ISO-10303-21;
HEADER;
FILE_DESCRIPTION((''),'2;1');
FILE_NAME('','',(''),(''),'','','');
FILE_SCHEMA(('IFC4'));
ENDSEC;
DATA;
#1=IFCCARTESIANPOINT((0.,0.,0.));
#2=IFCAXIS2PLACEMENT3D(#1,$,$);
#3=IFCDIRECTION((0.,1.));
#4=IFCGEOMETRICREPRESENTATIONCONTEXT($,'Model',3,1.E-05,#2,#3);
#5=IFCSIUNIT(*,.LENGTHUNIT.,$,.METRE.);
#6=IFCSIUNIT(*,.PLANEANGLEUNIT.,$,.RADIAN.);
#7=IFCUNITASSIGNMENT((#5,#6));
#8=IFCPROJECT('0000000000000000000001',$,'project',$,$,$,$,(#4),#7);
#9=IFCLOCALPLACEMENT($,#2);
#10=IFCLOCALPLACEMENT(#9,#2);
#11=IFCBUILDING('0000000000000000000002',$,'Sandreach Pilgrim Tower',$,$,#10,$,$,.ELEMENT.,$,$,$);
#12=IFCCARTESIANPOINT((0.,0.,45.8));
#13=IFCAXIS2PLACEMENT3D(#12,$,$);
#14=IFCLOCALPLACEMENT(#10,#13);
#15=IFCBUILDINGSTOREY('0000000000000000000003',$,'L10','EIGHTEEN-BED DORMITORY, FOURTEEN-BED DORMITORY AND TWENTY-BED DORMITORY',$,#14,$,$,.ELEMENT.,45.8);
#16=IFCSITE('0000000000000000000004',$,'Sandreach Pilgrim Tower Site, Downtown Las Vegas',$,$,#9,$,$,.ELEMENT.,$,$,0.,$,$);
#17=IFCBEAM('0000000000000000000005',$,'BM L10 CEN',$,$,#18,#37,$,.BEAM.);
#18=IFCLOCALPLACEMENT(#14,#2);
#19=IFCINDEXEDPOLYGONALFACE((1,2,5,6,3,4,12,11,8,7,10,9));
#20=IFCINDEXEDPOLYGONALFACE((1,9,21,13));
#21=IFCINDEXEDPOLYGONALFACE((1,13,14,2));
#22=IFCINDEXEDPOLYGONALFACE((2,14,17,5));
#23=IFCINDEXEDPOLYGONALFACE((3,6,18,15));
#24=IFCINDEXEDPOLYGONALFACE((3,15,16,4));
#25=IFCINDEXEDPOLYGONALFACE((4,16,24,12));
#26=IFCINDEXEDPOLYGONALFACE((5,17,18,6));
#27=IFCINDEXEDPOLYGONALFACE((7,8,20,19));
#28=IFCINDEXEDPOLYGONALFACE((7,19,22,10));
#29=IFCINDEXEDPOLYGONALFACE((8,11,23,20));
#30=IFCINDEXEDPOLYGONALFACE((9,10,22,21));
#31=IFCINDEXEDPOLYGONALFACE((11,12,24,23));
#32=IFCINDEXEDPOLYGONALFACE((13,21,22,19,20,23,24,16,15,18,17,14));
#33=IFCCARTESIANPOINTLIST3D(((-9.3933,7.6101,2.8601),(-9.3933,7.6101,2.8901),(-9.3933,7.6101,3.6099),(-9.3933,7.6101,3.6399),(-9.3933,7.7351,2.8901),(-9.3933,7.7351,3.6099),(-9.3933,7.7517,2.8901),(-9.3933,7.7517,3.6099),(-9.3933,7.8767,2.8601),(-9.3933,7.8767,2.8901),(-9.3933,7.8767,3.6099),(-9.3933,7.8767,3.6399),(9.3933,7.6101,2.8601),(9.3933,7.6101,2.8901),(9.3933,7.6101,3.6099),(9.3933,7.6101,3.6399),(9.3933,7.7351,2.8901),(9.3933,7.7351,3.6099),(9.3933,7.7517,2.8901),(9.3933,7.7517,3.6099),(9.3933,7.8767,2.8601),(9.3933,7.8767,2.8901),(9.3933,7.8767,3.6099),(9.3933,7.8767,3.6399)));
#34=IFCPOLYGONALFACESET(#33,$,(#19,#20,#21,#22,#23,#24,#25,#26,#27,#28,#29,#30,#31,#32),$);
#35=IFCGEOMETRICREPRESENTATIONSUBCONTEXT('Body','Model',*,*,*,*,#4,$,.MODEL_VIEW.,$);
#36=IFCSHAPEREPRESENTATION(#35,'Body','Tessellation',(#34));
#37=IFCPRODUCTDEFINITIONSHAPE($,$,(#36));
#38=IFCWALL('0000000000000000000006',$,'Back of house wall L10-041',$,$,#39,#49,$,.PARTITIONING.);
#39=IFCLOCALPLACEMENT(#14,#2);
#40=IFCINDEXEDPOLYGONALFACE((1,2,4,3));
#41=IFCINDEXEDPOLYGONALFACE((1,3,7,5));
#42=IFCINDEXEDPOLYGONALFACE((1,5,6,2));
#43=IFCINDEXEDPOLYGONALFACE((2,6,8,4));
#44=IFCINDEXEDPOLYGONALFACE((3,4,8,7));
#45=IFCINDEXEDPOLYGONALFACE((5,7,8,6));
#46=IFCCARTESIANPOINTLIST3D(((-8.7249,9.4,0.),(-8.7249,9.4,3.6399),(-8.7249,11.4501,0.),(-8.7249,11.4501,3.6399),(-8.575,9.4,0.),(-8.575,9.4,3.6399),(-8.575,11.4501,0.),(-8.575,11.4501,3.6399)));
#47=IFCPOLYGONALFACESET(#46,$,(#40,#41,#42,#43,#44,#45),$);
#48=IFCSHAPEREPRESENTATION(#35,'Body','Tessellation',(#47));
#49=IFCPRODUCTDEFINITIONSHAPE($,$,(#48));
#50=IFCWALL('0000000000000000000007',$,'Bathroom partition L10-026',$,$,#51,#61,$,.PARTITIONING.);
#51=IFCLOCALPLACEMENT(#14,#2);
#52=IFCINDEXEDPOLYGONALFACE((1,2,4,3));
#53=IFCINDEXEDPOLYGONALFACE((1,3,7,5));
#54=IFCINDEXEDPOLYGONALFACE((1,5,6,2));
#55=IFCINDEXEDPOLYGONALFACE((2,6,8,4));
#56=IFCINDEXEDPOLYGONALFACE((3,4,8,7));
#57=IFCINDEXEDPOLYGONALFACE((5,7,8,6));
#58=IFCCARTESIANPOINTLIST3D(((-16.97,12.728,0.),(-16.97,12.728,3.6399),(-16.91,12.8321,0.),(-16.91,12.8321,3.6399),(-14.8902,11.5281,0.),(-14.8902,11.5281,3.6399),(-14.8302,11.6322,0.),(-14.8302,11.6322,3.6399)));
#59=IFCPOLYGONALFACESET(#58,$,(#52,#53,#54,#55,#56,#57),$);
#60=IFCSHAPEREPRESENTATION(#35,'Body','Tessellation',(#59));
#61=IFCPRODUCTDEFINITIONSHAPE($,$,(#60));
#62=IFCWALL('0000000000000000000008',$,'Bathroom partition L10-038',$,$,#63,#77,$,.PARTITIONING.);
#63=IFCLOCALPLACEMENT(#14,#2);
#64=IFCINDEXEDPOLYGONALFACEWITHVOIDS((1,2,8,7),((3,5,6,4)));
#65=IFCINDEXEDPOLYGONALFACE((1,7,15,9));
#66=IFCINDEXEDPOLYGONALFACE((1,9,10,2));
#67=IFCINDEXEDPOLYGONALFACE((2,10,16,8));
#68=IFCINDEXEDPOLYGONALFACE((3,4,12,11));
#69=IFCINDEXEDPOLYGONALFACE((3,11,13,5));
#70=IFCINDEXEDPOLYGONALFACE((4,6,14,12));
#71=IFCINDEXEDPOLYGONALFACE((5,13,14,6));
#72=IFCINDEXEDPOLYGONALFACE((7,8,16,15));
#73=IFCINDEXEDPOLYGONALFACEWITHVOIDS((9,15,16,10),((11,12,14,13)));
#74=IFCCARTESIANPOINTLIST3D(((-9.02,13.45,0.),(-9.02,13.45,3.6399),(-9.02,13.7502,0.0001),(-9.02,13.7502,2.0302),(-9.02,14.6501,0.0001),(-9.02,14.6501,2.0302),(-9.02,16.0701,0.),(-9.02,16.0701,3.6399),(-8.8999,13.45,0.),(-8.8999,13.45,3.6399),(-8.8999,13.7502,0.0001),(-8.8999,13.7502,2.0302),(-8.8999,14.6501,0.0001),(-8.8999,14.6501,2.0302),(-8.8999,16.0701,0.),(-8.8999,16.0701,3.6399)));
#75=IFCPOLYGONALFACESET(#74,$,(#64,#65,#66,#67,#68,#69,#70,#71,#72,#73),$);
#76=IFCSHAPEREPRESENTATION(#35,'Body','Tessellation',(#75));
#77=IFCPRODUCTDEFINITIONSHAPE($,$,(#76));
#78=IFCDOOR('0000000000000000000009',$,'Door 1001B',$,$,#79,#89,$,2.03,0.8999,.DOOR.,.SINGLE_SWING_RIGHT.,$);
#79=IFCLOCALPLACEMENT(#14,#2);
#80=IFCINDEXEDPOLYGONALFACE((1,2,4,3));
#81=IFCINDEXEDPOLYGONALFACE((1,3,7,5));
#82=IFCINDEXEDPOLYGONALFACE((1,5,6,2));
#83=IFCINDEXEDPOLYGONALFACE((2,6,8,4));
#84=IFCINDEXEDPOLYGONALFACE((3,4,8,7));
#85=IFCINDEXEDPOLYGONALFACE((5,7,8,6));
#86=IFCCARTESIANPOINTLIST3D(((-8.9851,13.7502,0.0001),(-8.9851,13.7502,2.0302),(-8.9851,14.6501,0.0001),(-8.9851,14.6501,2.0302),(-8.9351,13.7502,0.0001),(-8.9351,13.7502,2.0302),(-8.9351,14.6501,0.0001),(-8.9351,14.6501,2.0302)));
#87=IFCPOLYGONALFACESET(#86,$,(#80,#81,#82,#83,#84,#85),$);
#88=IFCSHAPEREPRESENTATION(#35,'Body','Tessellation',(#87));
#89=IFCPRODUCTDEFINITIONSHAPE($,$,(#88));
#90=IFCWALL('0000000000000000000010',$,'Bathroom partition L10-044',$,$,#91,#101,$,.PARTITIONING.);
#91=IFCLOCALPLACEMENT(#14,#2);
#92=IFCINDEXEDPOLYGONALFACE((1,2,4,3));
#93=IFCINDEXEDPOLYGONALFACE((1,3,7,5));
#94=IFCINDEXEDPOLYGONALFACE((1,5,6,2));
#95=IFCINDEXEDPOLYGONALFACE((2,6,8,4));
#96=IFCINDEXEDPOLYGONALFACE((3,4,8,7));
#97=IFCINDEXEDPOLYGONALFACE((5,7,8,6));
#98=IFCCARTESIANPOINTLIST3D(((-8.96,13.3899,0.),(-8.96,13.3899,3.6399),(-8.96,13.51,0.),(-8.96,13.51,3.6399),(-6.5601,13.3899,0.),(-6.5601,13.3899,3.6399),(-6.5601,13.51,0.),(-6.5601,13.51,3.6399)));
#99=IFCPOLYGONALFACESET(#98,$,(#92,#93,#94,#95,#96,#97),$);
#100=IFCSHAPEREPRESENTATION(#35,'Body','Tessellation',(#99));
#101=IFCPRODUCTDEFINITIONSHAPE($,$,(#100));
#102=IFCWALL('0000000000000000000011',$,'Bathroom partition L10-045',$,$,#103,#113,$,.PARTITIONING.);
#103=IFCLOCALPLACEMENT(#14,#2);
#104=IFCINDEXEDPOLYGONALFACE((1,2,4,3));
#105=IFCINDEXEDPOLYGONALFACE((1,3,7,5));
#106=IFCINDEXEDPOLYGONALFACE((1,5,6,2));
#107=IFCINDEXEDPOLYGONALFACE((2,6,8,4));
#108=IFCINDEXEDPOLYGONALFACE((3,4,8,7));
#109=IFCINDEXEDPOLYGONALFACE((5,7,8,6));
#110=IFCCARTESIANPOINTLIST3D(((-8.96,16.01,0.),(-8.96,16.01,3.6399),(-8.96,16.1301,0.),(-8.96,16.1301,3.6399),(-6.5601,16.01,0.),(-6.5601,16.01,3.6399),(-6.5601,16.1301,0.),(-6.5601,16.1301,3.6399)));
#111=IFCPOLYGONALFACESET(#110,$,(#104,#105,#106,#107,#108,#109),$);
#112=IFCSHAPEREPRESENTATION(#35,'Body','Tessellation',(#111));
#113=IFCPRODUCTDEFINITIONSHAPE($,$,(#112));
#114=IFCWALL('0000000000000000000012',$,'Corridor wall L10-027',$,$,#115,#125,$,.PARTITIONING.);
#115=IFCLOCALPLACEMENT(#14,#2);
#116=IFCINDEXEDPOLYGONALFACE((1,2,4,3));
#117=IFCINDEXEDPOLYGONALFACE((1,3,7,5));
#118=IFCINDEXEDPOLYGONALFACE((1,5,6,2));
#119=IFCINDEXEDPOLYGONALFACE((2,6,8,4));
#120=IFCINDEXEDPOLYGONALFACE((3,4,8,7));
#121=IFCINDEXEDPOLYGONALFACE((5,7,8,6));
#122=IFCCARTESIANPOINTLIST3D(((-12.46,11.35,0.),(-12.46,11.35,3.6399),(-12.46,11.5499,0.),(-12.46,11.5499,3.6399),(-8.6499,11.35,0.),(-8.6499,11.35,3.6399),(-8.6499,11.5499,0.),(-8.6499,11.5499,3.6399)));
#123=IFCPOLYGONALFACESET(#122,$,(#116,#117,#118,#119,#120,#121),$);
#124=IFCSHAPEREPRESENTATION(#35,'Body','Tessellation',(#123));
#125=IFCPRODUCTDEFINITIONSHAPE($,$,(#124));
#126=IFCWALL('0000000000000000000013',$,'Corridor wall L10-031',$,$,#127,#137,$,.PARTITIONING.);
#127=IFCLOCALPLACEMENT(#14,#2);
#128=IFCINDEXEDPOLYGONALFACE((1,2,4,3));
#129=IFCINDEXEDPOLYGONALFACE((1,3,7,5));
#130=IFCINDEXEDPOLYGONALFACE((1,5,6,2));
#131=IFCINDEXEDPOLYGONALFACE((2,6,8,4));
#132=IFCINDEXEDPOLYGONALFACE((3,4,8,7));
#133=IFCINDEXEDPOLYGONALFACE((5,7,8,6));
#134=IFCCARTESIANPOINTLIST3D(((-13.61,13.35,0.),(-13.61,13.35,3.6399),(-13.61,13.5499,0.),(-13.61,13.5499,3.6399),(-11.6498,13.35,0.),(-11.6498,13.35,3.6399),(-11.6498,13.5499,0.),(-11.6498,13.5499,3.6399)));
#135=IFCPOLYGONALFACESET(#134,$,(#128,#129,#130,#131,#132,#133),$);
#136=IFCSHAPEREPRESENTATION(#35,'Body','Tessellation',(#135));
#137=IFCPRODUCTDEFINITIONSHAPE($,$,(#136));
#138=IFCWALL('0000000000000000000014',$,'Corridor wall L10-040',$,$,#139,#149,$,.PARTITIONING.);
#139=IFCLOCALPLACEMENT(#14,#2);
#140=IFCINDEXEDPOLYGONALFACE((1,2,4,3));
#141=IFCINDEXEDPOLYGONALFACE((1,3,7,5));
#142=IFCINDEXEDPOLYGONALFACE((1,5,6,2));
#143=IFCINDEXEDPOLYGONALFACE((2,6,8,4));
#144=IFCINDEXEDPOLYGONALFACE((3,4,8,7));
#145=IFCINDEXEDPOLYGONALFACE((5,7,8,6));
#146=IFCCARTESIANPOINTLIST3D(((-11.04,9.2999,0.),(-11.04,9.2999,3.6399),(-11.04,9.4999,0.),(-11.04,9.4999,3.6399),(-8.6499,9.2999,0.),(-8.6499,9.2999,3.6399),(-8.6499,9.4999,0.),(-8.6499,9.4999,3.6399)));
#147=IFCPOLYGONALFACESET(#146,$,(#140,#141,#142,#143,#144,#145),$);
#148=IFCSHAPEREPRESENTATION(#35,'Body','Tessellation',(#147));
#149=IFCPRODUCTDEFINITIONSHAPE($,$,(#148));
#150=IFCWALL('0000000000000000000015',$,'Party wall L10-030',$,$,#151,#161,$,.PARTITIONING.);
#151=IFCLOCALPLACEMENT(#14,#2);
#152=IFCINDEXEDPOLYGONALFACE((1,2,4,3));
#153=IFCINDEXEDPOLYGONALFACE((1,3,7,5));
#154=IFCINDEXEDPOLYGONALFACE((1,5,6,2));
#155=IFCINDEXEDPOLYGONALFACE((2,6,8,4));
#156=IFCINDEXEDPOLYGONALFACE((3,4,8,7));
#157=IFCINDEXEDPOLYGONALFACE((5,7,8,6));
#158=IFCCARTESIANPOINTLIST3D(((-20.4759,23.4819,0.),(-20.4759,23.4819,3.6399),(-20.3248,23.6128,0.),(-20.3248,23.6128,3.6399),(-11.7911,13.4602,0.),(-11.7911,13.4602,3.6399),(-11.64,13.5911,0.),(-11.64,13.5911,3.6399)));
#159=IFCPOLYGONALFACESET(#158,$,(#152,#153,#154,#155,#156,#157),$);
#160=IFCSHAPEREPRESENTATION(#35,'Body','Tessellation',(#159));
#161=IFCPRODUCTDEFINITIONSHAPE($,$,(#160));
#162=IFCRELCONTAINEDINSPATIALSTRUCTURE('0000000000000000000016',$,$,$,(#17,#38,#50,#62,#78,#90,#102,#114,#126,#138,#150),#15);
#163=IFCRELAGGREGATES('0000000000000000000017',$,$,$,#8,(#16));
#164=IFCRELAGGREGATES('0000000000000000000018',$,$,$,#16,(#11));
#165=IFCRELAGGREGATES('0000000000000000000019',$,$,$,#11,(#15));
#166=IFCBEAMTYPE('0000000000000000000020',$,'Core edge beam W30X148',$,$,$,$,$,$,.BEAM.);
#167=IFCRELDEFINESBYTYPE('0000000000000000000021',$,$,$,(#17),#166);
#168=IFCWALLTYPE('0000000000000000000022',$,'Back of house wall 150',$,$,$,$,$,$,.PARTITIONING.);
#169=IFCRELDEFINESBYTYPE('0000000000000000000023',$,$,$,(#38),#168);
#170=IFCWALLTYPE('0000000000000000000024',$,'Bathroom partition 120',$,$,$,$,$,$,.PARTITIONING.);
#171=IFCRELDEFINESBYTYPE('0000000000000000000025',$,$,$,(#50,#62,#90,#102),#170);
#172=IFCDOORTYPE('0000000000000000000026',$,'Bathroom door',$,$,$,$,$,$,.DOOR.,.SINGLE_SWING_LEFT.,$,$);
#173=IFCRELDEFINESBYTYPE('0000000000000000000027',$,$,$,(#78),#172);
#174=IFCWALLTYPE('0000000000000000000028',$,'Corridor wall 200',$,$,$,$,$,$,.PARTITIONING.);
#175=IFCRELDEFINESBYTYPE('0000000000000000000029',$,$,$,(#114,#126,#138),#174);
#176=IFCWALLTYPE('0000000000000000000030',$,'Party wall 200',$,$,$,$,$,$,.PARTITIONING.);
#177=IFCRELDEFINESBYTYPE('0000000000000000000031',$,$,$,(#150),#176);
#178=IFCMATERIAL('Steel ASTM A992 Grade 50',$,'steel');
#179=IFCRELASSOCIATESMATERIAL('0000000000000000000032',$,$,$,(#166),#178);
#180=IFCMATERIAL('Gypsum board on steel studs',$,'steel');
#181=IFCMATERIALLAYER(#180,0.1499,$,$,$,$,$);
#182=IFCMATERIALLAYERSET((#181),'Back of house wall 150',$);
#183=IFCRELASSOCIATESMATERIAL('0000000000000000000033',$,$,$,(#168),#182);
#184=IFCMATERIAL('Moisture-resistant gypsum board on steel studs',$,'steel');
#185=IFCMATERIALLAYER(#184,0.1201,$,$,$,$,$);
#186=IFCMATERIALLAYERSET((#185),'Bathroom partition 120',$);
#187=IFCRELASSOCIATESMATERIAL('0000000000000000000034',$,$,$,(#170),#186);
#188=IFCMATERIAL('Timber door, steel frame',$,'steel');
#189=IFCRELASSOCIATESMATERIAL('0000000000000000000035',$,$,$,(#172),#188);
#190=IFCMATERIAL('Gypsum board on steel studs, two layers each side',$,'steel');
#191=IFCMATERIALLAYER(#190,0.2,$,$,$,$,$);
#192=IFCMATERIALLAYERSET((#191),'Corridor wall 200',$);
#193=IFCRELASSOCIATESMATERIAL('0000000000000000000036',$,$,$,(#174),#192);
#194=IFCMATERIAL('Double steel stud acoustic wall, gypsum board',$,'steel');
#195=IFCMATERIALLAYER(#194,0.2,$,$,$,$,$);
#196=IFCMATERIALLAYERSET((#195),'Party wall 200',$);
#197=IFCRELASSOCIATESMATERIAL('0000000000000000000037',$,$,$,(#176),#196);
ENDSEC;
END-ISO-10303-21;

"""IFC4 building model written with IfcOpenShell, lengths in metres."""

from ifc_helpers import new_model, si_unit, direction, frame, frame_2d, origin, origin_2d, place, context, subcontext, project, spatial, rectangle, i_section, extrude, material, layer, layer_set, material_profile, profile_set, type_object, element, fill, save


model = new_model("IFC4")

# Units and contexts
model_context = context("Model", 3, precision=1e-05, world=origin(), true_north=direction((0.0, 1.0)))
body_context = subcontext(model_context, "Body", "Model", "MODEL_VIEW")
ifc_project = project(units=[si_unit("LENGTHUNIT", "METRE"), si_unit("PLANEANGLEUNIT", "RADIAN")], contexts=[model_context])

# Site, building, storey
site_placement = place(None, origin())
site = spatial("IfcSite", under=ifc_project, at=site_placement, Name="Sandreach Pilgrim Tower Site, Downtown Las Vegas", CompositionType="ELEMENT", RefElevation=0.0)
building_placement = place(site_placement, origin())
building = spatial("IfcBuilding", under=site, at=building_placement, Name="Sandreach Pilgrim Tower", CompositionType="ELEMENT")
storey_placement = place(building_placement, frame((0.0, 0.0, 45.8)))
storey = spatial("IfcBuildingStorey", under=building, at=storey_placement, Name="L10", Description="EIGHTEEN-BED DORMITORY, FOURTEEN-BED DORMITORY AND TWENTY-BED DORMITORY", CompositionType="ELEMENT", Elevation=45.8)

# Beam
ifc_material_1 = material(Name="Steel ASTM A992 Grade 50", Category="steel")
ifc_material_profile = material_profile(ifc_material_1, i_section(OverallWidth=0.2666, OverallDepth=0.7798, WebThickness=0.0166, FlangeThickness=0.03, at=origin_2d()), Name="W30X148")
ifc_profile_set = profile_set([ifc_material_profile], Name="Steel ASTM A992 Grade 50")
beam_type = type_object("IfcBeamType", Name="Core edge beam W30X148", PredefinedType="BEAM", material=ifc_profile_set)
beam_placement = place(storey_placement, frame((-9.3933, 7.7434, 3.25), z_axis=(1.0, 0.0, 0.0), x_axis=(0.0, 1.0, 0.0)))
element("IfcBeam", 1, at=beam_placement, inside=storey, type_object=beam_type, Name="BM L10 CEN", PredefinedType="BEAM", context=body_context, shape_type="SweptSolid", body=[
    extrude(i_section(OverallWidth=0.2666, OverallDepth=0.7798, WebThickness=0.0166, FlangeThickness=0.03, at=origin_2d()), origin(), (0.0, 0.0, 1.0), 18.7866),
])

# Walls
ifc_material_2 = material(Name="Gypsum board on steel studs", Category="steel")
ifc_layer_1 = layer(ifc_material_2, 0.1499)
ifc_layer_set_1 = layer_set([ifc_layer_1], Name="Back of house wall 150")
wall_type_1 = type_object("IfcWallType", Name="Back of house wall 150", PredefinedType="PARTITIONING", material=ifc_layer_set_1)
wall_1_placement = place(storey_placement, frame((-8.6499, 11.45, 0.0), z_axis=(0.0, 0.0, 1.0), x_axis=(0.0, -1.0, 0.0)))
element("IfcWall", 2, at=wall_1_placement, inside=storey, type_object=wall_type_1, Name="Back of house wall L10-041", PredefinedType="PARTITIONING", context=body_context, shape_type="SweptSolid", body=[
    extrude(rectangle(XDim=2.05, YDim=0.1499, at=frame_2d((1.0249, 0.0))), origin(), (0.0, 0.0, 1.0), 3.6399),
])
ifc_material_3 = material(Name="Moisture-resistant gypsum board on steel studs", Category="steel")
ifc_layer_2 = layer(ifc_material_3, 0.1201)
ifc_layer_set_2 = layer_set([ifc_layer_2], Name="Bathroom partition 120")
wall_type_2 = type_object("IfcWallType", Name="Bathroom partition 120", PredefinedType="PARTITIONING", material=ifc_layer_set_2)
wall_2_placement = place(storey_placement, frame((-14.8601, 11.5801, 0.0), z_axis=(0.0, 0.0, 1.0), x_axis=(-0.866177, 0.499737, 0.0)))
element("IfcWall", 3, at=wall_2_placement, inside=storey, type_object=wall_type_2, Name="Bathroom partition L10-026", PredefinedType="PARTITIONING", context=body_context, shape_type="SweptSolid", body=[
    extrude(rectangle(XDim=2.4011, YDim=0.1201, at=frame_2d((1.2007, 0.0))), origin(), (0.0, 0.0, 1.0), 3.6399),
])

# Wall, opening, door
wall_3_placement = place(storey_placement, frame((-8.96, 16.0701, 0.0), z_axis=(0.0, 0.0, 1.0), x_axis=(0.0, -1.0, 0.0)))
wall_3 = element("IfcWall", 4, at=wall_3_placement, inside=storey, type_object=wall_type_2, Name="Bathroom partition L10-038", PredefinedType="PARTITIONING", context=body_context, shape_type="SweptSolid", body=[
    extrude(rectangle(XDim=2.6201, YDim=0.1201, at=frame_2d((1.3101, 0.0))), origin(), (0.0, 0.0, 1.0), 3.6399),
])
opening_1_placement = place(wall_3_placement, frame((1.4199, 0.0, 0.0)))
opening_1 = element("IfcOpeningElement", 5, at=opening_1_placement, cuts=wall_3, PredefinedType="OPENING", context=body_context, shape_type="SweptSolid", body=[
    extrude(rectangle(XDim=0.8999, YDim=2.03, at=frame_2d((0.45, 1.0151))), frame((0.0, 0.0601, 0.0), z_axis=(0.0, -1.0, 0.0), x_axis=(1.0, 0.0, 0.0)), (0.0, 0.0, 1.0), 0.1201),
])
ifc_material_4 = material(Name="Timber door, steel frame", Category="steel")
door_type_1 = type_object("IfcDoorType", Name="Bathroom door", OperationType="SINGLE_SWING_LEFT", PredefinedType="DOOR", material=ifc_material_4)
door_1_placement = place(opening_1_placement, origin())
door_1 = element("IfcDoor", 6, at=door_1_placement, inside=storey, type_object=door_type_1, Name="Door 1001B", OperationType="SINGLE_SWING_RIGHT", OverallHeight=2.03, OverallWidth=0.8999, PredefinedType="DOOR", context=body_context, shape_type="SweptSolid", body=[
    extrude(rectangle(XDim=0.8999, YDim=2.03, at=frame_2d((0.45, 1.0151))), frame((0.0, 0.0249, 0.0), z_axis=(0.0, -1.0, 0.0), x_axis=(1.0, 0.0, 0.0)), (0.0, 0.0, 1.0), 0.05),
])
fill(opening_1, door_1)

# Walls
for number, where, z_axis, x_axis, name in (
    (7, (-6.5601, 13.45, 0.0), (0.0, 0.0, 1.0), (-1.0, 0.0, 0.0), "Bathroom partition L10-044"),
    (8, (-6.5601, 16.0701, 0.0), (0.0, 0.0, 1.0), (-1.0, 0.0, 0.0), "Bathroom partition L10-045"),
):
    element("IfcWall", number, at=place(storey_placement, frame(where, z_axis=z_axis, x_axis=x_axis)), inside=storey, type_object=wall_type_2, Name=name, PredefinedType="PARTITIONING", context=body_context, shape_type="SweptSolid", body=[
        extrude(rectangle(XDim=2.3999, YDim=0.1201, at=frame_2d((1.2, 0.0))), origin(), (0.0, 0.0, 1.0), 3.6399),
    ])

# Shared definitions
ifc_material_5 = material(Name="Gypsum board on steel studs, two layers each side", Category="steel")
ifc_layer_3 = layer(ifc_material_5, 0.2)
ifc_layer_set_3 = layer_set([ifc_layer_3], Name="Corridor wall 200")
wall_type_3 = type_object("IfcWallType", Name="Corridor wall 200", PredefinedType="PARTITIONING", material=ifc_layer_set_3)

# Walls
wall_4_placement = place(storey_placement, frame((-12.46, 11.45, 0.0), z_axis=(0.0, 0.0, 1.0), x_axis=(1.0, 0.0, 0.0)))
element("IfcWall", 9, at=wall_4_placement, inside=storey, type_object=wall_type_3, Name="Corridor wall L10-027", PredefinedType="PARTITIONING", context=body_context, shape_type="SweptSolid", body=[
    extrude(rectangle(XDim=3.8101, YDim=0.2, at=frame_2d((1.905, 0.0))), origin(), (0.0, 0.0, 1.0), 3.6399),
])
wall_5_placement = place(storey_placement, frame((-11.6499, 13.45, 0.0), z_axis=(0.0, 0.0, 1.0), x_axis=(-1.0, 0.0, 0.0)))
element("IfcWall", 10, at=wall_5_placement, inside=storey, type_object=wall_type_3, Name="Corridor wall L10-031", PredefinedType="PARTITIONING", context=body_context, shape_type="SweptSolid", body=[
    extrude(rectangle(XDim=1.9602, YDim=0.2, at=frame_2d((0.98, 0.0))), origin(), (0.0, 0.0, 1.0), 3.6399),
])

# Wall
wall_6_placement = place(storey_placement, frame((-8.6499, 9.3999, 0.0), z_axis=(0.0, 0.0, 1.0), x_axis=(-1.0, 0.0, 0.0)))
element("IfcWall", 11, at=wall_6_placement, inside=storey, type_object=wall_type_3, Name="Corridor wall L10-040", PredefinedType="PARTITIONING", context=body_context, shape_type="SweptSolid", body=[
    extrude(rectangle(XDim=2.3901, YDim=0.2, at=frame_2d((1.1951, 0.0))), origin(), (0.0, 0.0, 1.0), 3.6399),
])

# Wall
ifc_material_6 = material(Name="Double steel stud acoustic wall, gypsum board", Category="steel")
ifc_layer_4 = layer(ifc_material_6, 0.2)
ifc_layer_set_4 = layer_set([ifc_layer_4], Name="Party wall 200")
wall_type_4 = type_object("IfcWallType", Name="Party wall 200", PredefinedType="PARTITIONING", material=ifc_layer_set_4)
wall_7_placement = place(storey_placement, frame((-11.7156, 13.5256, 0.0), z_axis=(0.0, 0.0, 1.0), x_axis=(-0.654901, 0.755715, 0.0)))
element("IfcWall", 12, at=wall_7_placement, inside=storey, type_object=wall_type_4, Name="Party wall L10-030", PredefinedType="PARTITIONING", context=body_context, shape_type="SweptSolid", body=[
    extrude(rectangle(XDim=13.2612, YDim=0.2, at=frame_2d((6.6306, 0.0))), origin(), (0.0, 0.0, 1.0), 3.6399),
])

save(model, "model.ifc")
